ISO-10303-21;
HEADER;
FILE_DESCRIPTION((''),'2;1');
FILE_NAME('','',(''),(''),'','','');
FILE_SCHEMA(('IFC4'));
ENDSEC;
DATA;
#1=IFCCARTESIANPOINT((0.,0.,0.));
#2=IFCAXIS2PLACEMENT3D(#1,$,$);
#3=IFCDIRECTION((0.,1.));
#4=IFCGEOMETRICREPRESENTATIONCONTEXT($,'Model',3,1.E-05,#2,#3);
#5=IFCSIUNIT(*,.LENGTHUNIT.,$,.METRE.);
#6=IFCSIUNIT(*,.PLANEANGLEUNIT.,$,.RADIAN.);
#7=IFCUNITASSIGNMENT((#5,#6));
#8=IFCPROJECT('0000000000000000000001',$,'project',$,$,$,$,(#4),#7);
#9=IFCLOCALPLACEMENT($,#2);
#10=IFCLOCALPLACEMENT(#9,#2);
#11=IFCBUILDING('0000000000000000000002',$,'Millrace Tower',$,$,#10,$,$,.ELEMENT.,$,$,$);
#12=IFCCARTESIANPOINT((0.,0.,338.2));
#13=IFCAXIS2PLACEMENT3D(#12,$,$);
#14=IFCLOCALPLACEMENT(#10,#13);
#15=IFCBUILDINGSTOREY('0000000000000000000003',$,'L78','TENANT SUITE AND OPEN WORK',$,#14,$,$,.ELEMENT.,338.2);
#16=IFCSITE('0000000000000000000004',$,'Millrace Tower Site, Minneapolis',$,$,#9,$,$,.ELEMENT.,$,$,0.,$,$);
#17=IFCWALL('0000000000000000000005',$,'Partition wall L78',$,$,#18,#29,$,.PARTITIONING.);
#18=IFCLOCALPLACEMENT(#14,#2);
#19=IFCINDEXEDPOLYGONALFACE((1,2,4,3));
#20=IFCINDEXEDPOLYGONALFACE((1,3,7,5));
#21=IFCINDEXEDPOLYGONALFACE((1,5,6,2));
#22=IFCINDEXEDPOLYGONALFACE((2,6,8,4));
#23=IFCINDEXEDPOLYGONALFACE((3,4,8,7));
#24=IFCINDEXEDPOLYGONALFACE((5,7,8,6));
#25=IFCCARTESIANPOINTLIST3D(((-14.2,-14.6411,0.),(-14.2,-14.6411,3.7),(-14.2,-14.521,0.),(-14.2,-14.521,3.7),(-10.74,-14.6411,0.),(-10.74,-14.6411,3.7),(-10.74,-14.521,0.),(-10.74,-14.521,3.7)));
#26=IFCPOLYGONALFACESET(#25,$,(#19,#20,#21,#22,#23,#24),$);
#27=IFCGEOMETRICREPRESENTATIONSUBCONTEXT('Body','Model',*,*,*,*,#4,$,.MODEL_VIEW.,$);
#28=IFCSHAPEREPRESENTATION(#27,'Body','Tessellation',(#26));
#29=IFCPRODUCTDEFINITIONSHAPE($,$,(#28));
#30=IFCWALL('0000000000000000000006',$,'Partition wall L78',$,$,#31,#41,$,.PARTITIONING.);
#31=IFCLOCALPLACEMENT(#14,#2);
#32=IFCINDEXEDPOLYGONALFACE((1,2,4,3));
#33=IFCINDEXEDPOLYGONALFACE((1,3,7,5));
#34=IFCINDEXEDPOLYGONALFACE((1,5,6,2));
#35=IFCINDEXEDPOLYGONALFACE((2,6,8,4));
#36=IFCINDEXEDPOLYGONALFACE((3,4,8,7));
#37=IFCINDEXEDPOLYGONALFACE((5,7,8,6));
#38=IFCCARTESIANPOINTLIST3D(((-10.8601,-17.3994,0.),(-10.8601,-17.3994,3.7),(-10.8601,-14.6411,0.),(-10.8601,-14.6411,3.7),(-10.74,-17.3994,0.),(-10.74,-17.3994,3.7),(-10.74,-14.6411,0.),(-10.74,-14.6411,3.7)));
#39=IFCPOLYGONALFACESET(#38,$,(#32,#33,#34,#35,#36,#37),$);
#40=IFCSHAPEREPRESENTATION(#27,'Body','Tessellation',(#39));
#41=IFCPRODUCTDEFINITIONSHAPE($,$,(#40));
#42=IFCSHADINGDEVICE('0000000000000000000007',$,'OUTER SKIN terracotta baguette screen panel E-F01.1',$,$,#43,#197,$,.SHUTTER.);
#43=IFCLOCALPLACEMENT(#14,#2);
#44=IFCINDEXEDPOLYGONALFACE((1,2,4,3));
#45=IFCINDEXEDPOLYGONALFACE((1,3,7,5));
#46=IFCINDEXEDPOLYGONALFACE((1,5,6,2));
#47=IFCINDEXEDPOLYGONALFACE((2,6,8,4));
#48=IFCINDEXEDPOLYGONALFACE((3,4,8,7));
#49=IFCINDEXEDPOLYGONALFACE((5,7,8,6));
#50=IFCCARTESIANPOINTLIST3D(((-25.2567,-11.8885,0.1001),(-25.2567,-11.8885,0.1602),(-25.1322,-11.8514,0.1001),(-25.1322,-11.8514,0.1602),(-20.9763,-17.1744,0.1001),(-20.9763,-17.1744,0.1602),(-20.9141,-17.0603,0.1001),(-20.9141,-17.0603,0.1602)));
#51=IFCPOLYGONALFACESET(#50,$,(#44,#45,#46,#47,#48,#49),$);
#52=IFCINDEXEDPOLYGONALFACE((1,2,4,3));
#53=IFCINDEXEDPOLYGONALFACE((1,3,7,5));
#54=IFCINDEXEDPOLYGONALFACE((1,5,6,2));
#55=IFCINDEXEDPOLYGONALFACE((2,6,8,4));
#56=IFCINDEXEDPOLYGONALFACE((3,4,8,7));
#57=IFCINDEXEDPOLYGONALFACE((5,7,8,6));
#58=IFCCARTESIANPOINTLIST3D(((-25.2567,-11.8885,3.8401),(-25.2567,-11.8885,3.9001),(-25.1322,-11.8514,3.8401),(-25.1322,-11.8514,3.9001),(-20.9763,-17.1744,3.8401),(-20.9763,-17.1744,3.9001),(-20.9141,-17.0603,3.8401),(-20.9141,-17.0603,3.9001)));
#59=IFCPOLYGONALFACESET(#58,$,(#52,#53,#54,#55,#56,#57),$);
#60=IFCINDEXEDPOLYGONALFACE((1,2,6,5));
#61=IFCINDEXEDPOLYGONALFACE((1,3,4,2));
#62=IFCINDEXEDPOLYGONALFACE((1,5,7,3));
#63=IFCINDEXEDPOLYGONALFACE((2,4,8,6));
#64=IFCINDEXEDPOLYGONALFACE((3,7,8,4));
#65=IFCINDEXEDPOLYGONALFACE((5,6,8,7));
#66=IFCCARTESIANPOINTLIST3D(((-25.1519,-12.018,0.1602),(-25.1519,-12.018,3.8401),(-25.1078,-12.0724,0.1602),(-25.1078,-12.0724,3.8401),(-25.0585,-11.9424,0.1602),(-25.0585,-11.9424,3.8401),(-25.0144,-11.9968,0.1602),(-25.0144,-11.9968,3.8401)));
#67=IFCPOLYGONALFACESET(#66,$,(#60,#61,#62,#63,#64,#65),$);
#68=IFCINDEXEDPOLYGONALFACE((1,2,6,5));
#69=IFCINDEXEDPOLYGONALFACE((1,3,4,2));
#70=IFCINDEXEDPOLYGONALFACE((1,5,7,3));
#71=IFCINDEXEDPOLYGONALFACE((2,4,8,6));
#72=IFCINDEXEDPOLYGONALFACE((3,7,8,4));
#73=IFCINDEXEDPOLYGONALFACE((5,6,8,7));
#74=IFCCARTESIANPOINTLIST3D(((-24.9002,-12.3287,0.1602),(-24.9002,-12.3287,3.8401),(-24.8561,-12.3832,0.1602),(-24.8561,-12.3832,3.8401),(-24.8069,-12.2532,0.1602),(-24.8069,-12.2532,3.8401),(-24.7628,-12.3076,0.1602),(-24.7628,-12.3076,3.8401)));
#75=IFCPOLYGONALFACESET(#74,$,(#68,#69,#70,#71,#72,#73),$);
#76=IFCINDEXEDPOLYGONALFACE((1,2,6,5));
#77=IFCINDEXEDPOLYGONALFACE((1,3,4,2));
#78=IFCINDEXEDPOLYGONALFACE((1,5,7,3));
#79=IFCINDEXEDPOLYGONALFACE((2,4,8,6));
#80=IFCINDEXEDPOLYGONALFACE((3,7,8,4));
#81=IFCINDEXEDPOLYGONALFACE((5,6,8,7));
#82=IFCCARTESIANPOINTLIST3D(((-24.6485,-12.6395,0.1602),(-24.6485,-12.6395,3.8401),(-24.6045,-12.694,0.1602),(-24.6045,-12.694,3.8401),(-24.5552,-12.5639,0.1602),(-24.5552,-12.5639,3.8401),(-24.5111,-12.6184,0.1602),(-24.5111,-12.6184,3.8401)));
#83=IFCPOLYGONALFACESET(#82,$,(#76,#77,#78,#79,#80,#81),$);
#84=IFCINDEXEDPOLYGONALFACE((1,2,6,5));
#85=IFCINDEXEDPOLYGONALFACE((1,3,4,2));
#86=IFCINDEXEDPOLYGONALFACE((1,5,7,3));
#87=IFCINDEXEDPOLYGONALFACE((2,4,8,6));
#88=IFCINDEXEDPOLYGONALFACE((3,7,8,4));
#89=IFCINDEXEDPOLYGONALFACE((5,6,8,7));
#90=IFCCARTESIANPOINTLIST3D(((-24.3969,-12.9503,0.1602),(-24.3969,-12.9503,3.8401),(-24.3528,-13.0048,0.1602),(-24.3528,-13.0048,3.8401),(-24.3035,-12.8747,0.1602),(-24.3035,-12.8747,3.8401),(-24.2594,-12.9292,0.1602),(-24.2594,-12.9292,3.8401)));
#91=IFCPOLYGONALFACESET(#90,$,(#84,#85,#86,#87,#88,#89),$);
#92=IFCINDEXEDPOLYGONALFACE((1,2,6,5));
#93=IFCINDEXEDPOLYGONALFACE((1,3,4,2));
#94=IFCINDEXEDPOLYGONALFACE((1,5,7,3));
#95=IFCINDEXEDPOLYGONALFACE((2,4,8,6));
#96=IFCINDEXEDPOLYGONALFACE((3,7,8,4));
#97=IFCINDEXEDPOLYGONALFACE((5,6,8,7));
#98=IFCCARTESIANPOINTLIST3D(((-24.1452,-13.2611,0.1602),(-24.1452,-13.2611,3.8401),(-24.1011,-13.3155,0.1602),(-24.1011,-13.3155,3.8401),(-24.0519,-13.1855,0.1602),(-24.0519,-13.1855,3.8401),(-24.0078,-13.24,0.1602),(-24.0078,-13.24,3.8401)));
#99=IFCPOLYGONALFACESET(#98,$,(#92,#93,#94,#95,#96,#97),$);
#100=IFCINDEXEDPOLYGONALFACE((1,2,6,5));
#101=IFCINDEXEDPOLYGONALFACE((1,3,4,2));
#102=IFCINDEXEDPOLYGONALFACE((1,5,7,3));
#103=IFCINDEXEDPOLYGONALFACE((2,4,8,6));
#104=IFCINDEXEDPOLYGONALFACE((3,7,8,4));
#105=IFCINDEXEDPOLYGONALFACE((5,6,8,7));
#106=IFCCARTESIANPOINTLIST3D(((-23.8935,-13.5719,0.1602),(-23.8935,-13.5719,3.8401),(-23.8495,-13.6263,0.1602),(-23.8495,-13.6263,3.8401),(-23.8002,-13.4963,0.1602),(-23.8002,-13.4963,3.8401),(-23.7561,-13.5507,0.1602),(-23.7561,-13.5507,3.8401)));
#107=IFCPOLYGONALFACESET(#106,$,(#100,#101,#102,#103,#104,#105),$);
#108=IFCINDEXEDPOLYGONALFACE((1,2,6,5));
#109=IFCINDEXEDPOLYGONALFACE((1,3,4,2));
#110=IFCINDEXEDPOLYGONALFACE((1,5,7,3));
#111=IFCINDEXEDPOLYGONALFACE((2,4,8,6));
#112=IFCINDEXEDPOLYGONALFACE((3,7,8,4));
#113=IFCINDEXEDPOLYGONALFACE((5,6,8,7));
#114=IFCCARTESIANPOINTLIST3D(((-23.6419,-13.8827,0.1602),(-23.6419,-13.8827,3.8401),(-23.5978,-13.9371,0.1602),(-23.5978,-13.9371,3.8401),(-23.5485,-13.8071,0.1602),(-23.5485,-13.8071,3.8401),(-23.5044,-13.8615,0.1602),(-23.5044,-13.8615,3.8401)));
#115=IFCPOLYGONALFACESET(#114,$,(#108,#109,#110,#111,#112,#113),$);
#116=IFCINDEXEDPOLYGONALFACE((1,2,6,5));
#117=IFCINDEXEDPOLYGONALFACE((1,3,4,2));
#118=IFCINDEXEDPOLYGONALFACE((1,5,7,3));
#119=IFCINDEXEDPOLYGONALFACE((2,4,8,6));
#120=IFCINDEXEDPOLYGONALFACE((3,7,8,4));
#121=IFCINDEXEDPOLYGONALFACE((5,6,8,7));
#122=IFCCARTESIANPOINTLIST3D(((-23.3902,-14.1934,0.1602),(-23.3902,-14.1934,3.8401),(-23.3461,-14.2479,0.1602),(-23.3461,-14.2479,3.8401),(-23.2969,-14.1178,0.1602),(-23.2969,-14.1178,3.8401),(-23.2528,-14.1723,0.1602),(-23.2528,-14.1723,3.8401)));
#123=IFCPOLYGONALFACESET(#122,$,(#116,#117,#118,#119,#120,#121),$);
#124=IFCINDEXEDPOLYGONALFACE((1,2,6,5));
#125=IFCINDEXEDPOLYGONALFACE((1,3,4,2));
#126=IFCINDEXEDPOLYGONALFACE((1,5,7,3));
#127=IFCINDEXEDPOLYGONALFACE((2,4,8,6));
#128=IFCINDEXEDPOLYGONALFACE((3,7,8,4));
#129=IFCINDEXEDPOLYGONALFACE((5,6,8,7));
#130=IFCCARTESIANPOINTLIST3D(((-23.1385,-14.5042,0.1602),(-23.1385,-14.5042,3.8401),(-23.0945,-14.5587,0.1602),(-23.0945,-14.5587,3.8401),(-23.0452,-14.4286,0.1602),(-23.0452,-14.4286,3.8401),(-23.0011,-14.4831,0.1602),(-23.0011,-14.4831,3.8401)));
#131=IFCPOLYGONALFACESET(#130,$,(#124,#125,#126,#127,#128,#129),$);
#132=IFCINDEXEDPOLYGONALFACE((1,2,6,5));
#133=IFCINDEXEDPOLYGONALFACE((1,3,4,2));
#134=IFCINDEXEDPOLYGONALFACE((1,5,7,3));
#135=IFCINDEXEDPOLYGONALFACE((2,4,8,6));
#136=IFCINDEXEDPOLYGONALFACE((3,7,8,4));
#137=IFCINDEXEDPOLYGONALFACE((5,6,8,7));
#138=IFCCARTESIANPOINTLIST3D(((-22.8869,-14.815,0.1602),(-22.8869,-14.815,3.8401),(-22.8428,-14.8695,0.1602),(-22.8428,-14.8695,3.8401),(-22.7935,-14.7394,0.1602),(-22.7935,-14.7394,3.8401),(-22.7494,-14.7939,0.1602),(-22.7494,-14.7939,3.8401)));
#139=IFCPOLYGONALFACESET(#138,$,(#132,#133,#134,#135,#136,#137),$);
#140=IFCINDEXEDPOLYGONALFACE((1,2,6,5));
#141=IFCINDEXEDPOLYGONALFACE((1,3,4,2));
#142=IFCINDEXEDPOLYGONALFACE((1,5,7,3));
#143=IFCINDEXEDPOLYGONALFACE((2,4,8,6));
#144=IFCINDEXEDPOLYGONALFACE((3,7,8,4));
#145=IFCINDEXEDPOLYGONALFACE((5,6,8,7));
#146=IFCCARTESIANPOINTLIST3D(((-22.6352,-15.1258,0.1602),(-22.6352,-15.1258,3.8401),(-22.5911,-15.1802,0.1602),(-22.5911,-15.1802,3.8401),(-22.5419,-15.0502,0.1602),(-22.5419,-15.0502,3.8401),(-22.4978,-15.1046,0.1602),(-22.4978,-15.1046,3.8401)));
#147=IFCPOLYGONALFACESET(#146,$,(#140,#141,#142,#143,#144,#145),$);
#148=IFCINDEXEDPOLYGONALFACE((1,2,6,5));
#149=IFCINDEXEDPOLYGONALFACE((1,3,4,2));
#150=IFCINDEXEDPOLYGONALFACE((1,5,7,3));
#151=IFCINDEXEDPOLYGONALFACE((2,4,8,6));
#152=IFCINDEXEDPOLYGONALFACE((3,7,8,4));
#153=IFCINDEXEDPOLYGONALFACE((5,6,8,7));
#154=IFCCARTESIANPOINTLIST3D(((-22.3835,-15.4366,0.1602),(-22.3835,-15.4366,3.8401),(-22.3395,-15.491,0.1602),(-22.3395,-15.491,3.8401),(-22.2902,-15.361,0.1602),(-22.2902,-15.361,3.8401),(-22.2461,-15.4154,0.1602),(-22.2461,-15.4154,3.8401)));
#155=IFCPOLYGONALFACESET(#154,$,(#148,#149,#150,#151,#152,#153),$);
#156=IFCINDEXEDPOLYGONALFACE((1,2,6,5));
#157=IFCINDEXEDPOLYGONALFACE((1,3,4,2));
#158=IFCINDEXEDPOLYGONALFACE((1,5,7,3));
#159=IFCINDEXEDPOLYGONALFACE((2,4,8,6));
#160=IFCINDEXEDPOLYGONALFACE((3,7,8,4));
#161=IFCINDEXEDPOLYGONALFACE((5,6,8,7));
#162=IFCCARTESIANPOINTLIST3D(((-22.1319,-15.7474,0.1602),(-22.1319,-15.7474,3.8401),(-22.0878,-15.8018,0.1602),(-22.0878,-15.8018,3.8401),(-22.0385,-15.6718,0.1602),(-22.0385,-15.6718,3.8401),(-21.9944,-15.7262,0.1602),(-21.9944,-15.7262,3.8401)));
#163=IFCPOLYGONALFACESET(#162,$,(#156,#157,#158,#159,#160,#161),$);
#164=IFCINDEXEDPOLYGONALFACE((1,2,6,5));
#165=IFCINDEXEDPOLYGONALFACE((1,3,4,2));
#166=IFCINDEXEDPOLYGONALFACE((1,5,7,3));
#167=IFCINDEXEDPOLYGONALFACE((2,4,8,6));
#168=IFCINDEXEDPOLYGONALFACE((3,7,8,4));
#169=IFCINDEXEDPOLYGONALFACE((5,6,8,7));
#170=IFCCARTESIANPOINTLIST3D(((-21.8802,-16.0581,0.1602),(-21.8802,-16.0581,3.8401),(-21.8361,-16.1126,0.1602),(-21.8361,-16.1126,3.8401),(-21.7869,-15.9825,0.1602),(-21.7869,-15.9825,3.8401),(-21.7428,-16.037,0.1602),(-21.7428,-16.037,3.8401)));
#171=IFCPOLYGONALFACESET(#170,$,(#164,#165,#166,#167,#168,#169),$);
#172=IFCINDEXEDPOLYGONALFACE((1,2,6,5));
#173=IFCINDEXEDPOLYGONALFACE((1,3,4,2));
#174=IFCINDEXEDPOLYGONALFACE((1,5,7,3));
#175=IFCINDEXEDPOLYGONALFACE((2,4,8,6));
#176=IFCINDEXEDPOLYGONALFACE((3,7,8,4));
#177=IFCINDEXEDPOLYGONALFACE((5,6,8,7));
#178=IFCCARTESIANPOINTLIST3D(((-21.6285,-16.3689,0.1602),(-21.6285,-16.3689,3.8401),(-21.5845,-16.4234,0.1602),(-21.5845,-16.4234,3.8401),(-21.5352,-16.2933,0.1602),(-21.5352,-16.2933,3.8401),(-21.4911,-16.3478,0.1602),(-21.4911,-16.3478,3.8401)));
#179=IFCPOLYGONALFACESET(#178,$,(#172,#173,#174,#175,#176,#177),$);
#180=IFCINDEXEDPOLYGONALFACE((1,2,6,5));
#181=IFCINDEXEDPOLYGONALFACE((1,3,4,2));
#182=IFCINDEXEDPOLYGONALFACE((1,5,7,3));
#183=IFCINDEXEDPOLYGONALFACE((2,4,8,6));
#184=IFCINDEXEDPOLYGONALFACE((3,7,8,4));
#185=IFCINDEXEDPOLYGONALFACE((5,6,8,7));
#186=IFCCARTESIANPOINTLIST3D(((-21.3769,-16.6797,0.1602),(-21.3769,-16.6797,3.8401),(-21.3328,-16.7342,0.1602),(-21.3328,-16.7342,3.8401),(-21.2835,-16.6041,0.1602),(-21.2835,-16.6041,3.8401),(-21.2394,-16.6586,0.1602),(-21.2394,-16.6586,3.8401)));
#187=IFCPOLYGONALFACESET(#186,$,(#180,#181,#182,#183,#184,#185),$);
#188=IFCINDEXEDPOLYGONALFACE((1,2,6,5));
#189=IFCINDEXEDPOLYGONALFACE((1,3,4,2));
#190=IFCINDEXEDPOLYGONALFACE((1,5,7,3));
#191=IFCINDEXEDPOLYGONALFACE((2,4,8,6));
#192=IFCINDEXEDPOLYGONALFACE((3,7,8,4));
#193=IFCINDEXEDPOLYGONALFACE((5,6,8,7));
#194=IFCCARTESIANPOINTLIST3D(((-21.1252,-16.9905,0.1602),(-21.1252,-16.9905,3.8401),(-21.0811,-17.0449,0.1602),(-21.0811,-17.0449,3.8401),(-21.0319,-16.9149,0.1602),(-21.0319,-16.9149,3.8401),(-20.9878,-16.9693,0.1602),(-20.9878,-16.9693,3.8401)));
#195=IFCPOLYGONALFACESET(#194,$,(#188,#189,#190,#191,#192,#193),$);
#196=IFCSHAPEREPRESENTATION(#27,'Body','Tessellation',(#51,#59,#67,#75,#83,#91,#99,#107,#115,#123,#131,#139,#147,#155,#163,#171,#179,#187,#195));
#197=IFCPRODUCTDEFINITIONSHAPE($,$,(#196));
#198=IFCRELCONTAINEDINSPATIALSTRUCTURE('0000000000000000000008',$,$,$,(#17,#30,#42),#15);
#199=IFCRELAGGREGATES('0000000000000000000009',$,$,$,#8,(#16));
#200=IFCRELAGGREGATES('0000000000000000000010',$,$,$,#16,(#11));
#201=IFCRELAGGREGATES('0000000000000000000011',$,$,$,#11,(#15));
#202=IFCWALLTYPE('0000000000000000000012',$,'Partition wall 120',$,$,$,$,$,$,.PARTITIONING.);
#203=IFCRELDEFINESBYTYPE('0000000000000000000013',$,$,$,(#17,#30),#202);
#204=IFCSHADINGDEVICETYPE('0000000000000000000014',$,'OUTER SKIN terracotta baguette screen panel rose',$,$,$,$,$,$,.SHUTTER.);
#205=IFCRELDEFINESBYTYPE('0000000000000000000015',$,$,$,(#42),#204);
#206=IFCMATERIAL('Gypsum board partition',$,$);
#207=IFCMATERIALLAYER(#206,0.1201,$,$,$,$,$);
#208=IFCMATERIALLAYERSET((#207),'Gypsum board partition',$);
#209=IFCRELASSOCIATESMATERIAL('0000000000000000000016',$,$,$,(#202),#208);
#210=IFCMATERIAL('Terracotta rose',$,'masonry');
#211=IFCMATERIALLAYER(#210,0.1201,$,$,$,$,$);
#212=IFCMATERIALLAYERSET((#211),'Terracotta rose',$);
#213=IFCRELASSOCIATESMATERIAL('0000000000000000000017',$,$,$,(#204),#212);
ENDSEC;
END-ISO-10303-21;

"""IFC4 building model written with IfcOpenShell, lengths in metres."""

from ifc_helpers import new_model, entity, si_unit, direction, frame, frame_2d, origin, origin_2d, place, context, subcontext, project, spatial, rectangle, extrude, source, transform, mapped, material, layer, layer_set, type_object, element, save


model = new_model("IFC4")

# Units and contexts
model_context = context("Model", 3, precision=1e-05, world=origin(), true_north=direction((0.0, 1.0)))
body_context = subcontext(model_context, "Body", "Model", "MODEL_VIEW")
ifc_project = project(units=[si_unit("LENGTHUNIT", "METRE"), si_unit("PLANEANGLEUNIT", "RADIAN")], contexts=[model_context])

# Site, building, storey
site_placement = place(None, origin())
site = spatial("IfcSite", under=ifc_project, at=site_placement, Name="Millrace Tower Site, Minneapolis", CompositionType="ELEMENT", RefElevation=0.0)
building_placement = place(site_placement, origin())
building = spatial("IfcBuilding", under=site, at=building_placement, Name="Millrace Tower", CompositionType="ELEMENT")
storey_placement = place(building_placement, frame((0.0, 0.0, 338.2)))
storey = spatial("IfcBuildingStorey", under=building, at=storey_placement, Name="L78", Description="TENANT SUITE AND OPEN WORK", CompositionType="ELEMENT", Elevation=338.2)

# Walls
ifc_material_1 = material(Name="Gypsum board partition")
ifc_layer_1 = layer(ifc_material_1, 0.1201)
ifc_layer_set_1 = layer_set([ifc_layer_1], Name="Gypsum board partition")
wall_type_1 = type_object("IfcWallType", Name="Partition wall 120", PredefinedType="PARTITIONING", material=ifc_layer_set_1)
wall_1_placement = place(storey_placement, frame((-14.2, -14.5811, 0.0), z_axis=(0.0, 0.0, 1.0), x_axis=(1.0, 0.0, 0.0)))
element("IfcWall", 1, at=wall_1_placement, inside=storey, type_object=wall_type_1, Name="Partition wall L78", PredefinedType="PARTITIONING", context=body_context, shape_type="SweptSolid", body=[
    extrude(rectangle(XDim=3.46, YDim=0.1201, at=frame_2d((1.73, 0.0))), origin(), (0.0, 0.0, 1.0), 3.7),
])
wall_2_placement = place(storey_placement, frame((-10.8, -17.3994, 0.0), z_axis=(0.0, 0.0, 1.0), x_axis=(0.0, 1.0, 0.0)))
element("IfcWall", 2, at=wall_2_placement, inside=storey, type_object=wall_type_1, Name="Partition wall L78", PredefinedType="PARTITIONING", context=body_context, shape_type="SweptSolid", body=[
    extrude(rectangle(XDim=2.7583, YDim=0.1201, at=frame_2d((1.3792, 0.0))), origin(), (0.0, 0.0, 1.0), 3.7),
])

# Shading device
ifc_material_2 = material(Name="Terracotta rose", Category="masonry")
ifc_layer_2 = layer(ifc_material_2, 0.1201)
ifc_layer_set_2 = layer_set([ifc_layer_2], Name="Terracotta rose")
shading_device_type = type_object("IfcShadingDeviceType", Name="OUTER SKIN terracotta baguette screen panel rose", PredefinedType="SHUTTER", material=ifc_layer_set_2)
cartesian_point_1 = entity("IfcCartesianPoint", [-3.3513, 0.0601])
shared_polyline_1 = entity("IfcPolyline", [cartesian_point_1, entity("IfcCartesianPoint", [3.3513, 0.0601]), entity("IfcCartesianPoint", [3.4009, -0.0601]), entity("IfcCartesianPoint", [-3.4009, -0.0601]), cartesian_point_1])
shared_shape_1 = source(origin(), body_context, "Body", "SweptSolid", [
    entity("IfcExtrudedAreaSolid", entity("IfcArbitraryClosedProfileDef", "AREA", None, shared_polyline_1), entity("IfcAxis2Placement3D", entity("IfcCartesianPoint", [0.0, 0.0, 0.0])), entity("IfcDirection", [0.0, 0.0, 1.0]), 0.0601),
    entity("IfcExtrudedAreaSolid", entity("IfcArbitraryClosedProfileDef", "AREA", None, shared_polyline_1), entity("IfcAxis2Placement3D", entity("IfcCartesianPoint", [0.0, 0.0, 3.74])), entity("IfcDirection", [0.0, 0.0, 1.0]), 0.0601),
    extrude(rectangle(XDim=0.0701, YDim=0.1201, at=frame_2d((-3.1992, 0.0))), frame((0.0, 0.0, 0.0601)), (0.0, 0.0, 1.0), 3.6799),
    extrude(rectangle(XDim=0.0701, YDim=0.1201, at=frame_2d((-2.7993, 0.0))), frame((0.0, 0.0, 0.0601)), (0.0, 0.0, 1.0), 3.6799),
    extrude(rectangle(XDim=0.0701, YDim=0.1201, at=frame_2d((-2.3994, 0.0))), frame((0.0, 0.0, 0.0601)), (0.0, 0.0, 1.0), 3.6799),
    extrude(rectangle(XDim=0.0701, YDim=0.1201, at=frame_2d((-1.9995, 0.0))), frame((0.0, 0.0, 0.0601)), (0.0, 0.0, 1.0), 3.6799),
    extrude(rectangle(XDim=0.0701, YDim=0.1201, at=frame_2d((-1.5996, 0.0))), frame((0.0, 0.0, 0.0601)), (0.0, 0.0, 1.0), 3.6799),
    extrude(rectangle(XDim=0.0701, YDim=0.1201, at=frame_2d((-1.1997, 0.0))), frame((0.0, 0.0, 0.0601)), (0.0, 0.0, 1.0), 3.6799),
    extrude(rectangle(XDim=0.0701, YDim=0.1201, at=frame_2d((-0.7998, 0.0))), frame((0.0, 0.0, 0.0601)), (0.0, 0.0, 1.0), 3.6799),
    extrude(rectangle(XDim=0.0701, YDim=0.1201, at=frame_2d((-0.3999, 0.0))), frame((0.0, 0.0, 0.0601)), (0.0, 0.0, 1.0), 3.6799),
    extrude(rectangle(XDim=0.0701, YDim=0.1201, at=origin_2d()), frame((0.0, 0.0, 0.0601)), (0.0, 0.0, 1.0), 3.6799),
    extrude(rectangle(XDim=0.0701, YDim=0.1201, at=frame_2d((0.3999, 0.0))), frame((0.0, 0.0, 0.0601)), (0.0, 0.0, 1.0), 3.6799),
    extrude(rectangle(XDim=0.0701, YDim=0.1201, at=frame_2d((0.7998, 0.0))), frame((0.0, 0.0, 0.0601)), (0.0, 0.0, 1.0), 3.6799),
    extrude(rectangle(XDim=0.0701, YDim=0.1201, at=frame_2d((1.1997, 0.0))), frame((0.0, 0.0, 0.0601)), (0.0, 0.0, 1.0), 3.6799),
    extrude(rectangle(XDim=0.0701, YDim=0.1201, at=frame_2d((1.5996, 0.0))), frame((0.0, 0.0, 0.0601)), (0.0, 0.0, 1.0), 3.6799),
    extrude(rectangle(XDim=0.0701, YDim=0.1201, at=frame_2d((1.9995, 0.0))), frame((0.0, 0.0, 0.0601)), (0.0, 0.0, 1.0), 3.6799),
    extrude(rectangle(XDim=0.0701, YDim=0.1201, at=frame_2d((2.3994, 0.0))), frame((0.0, 0.0, 0.0601)), (0.0, 0.0, 1.0), 3.6799),
    extrude(rectangle(XDim=0.0701, YDim=0.1201, at=frame_2d((2.7993, 0.0))), frame((0.0, 0.0, 0.0601)), (0.0, 0.0, 1.0), 3.6799),
    extrude(rectangle(XDim=0.0701, YDim=0.1201, at=frame_2d((3.1992, 0.0))), frame((0.0, 0.0, 0.0601)), (0.0, 0.0, 1.0), 3.6799),
])
shading_device_1_placement = place(storey_placement, frame((-23.0698, -14.4937, 0.1001), z_axis=(0.0, 0.0, 1.0), x_axis=(0.62932, -0.777146, 0.0)))
element("IfcShadingDevice", 3, at=shading_device_1_placement, inside=storey, type_object=shading_device_type, Name="OUTER SKIN terracotta baguette screen panel E-F01.1", PredefinedType="SHUTTER", context=body_context, shape_type="MappedRepresentation", body=[
    mapped(shared_shape_1, transform((0.0, 0.0, 0.0), scale=1.0)),
])

save(model, "model.ifc")
